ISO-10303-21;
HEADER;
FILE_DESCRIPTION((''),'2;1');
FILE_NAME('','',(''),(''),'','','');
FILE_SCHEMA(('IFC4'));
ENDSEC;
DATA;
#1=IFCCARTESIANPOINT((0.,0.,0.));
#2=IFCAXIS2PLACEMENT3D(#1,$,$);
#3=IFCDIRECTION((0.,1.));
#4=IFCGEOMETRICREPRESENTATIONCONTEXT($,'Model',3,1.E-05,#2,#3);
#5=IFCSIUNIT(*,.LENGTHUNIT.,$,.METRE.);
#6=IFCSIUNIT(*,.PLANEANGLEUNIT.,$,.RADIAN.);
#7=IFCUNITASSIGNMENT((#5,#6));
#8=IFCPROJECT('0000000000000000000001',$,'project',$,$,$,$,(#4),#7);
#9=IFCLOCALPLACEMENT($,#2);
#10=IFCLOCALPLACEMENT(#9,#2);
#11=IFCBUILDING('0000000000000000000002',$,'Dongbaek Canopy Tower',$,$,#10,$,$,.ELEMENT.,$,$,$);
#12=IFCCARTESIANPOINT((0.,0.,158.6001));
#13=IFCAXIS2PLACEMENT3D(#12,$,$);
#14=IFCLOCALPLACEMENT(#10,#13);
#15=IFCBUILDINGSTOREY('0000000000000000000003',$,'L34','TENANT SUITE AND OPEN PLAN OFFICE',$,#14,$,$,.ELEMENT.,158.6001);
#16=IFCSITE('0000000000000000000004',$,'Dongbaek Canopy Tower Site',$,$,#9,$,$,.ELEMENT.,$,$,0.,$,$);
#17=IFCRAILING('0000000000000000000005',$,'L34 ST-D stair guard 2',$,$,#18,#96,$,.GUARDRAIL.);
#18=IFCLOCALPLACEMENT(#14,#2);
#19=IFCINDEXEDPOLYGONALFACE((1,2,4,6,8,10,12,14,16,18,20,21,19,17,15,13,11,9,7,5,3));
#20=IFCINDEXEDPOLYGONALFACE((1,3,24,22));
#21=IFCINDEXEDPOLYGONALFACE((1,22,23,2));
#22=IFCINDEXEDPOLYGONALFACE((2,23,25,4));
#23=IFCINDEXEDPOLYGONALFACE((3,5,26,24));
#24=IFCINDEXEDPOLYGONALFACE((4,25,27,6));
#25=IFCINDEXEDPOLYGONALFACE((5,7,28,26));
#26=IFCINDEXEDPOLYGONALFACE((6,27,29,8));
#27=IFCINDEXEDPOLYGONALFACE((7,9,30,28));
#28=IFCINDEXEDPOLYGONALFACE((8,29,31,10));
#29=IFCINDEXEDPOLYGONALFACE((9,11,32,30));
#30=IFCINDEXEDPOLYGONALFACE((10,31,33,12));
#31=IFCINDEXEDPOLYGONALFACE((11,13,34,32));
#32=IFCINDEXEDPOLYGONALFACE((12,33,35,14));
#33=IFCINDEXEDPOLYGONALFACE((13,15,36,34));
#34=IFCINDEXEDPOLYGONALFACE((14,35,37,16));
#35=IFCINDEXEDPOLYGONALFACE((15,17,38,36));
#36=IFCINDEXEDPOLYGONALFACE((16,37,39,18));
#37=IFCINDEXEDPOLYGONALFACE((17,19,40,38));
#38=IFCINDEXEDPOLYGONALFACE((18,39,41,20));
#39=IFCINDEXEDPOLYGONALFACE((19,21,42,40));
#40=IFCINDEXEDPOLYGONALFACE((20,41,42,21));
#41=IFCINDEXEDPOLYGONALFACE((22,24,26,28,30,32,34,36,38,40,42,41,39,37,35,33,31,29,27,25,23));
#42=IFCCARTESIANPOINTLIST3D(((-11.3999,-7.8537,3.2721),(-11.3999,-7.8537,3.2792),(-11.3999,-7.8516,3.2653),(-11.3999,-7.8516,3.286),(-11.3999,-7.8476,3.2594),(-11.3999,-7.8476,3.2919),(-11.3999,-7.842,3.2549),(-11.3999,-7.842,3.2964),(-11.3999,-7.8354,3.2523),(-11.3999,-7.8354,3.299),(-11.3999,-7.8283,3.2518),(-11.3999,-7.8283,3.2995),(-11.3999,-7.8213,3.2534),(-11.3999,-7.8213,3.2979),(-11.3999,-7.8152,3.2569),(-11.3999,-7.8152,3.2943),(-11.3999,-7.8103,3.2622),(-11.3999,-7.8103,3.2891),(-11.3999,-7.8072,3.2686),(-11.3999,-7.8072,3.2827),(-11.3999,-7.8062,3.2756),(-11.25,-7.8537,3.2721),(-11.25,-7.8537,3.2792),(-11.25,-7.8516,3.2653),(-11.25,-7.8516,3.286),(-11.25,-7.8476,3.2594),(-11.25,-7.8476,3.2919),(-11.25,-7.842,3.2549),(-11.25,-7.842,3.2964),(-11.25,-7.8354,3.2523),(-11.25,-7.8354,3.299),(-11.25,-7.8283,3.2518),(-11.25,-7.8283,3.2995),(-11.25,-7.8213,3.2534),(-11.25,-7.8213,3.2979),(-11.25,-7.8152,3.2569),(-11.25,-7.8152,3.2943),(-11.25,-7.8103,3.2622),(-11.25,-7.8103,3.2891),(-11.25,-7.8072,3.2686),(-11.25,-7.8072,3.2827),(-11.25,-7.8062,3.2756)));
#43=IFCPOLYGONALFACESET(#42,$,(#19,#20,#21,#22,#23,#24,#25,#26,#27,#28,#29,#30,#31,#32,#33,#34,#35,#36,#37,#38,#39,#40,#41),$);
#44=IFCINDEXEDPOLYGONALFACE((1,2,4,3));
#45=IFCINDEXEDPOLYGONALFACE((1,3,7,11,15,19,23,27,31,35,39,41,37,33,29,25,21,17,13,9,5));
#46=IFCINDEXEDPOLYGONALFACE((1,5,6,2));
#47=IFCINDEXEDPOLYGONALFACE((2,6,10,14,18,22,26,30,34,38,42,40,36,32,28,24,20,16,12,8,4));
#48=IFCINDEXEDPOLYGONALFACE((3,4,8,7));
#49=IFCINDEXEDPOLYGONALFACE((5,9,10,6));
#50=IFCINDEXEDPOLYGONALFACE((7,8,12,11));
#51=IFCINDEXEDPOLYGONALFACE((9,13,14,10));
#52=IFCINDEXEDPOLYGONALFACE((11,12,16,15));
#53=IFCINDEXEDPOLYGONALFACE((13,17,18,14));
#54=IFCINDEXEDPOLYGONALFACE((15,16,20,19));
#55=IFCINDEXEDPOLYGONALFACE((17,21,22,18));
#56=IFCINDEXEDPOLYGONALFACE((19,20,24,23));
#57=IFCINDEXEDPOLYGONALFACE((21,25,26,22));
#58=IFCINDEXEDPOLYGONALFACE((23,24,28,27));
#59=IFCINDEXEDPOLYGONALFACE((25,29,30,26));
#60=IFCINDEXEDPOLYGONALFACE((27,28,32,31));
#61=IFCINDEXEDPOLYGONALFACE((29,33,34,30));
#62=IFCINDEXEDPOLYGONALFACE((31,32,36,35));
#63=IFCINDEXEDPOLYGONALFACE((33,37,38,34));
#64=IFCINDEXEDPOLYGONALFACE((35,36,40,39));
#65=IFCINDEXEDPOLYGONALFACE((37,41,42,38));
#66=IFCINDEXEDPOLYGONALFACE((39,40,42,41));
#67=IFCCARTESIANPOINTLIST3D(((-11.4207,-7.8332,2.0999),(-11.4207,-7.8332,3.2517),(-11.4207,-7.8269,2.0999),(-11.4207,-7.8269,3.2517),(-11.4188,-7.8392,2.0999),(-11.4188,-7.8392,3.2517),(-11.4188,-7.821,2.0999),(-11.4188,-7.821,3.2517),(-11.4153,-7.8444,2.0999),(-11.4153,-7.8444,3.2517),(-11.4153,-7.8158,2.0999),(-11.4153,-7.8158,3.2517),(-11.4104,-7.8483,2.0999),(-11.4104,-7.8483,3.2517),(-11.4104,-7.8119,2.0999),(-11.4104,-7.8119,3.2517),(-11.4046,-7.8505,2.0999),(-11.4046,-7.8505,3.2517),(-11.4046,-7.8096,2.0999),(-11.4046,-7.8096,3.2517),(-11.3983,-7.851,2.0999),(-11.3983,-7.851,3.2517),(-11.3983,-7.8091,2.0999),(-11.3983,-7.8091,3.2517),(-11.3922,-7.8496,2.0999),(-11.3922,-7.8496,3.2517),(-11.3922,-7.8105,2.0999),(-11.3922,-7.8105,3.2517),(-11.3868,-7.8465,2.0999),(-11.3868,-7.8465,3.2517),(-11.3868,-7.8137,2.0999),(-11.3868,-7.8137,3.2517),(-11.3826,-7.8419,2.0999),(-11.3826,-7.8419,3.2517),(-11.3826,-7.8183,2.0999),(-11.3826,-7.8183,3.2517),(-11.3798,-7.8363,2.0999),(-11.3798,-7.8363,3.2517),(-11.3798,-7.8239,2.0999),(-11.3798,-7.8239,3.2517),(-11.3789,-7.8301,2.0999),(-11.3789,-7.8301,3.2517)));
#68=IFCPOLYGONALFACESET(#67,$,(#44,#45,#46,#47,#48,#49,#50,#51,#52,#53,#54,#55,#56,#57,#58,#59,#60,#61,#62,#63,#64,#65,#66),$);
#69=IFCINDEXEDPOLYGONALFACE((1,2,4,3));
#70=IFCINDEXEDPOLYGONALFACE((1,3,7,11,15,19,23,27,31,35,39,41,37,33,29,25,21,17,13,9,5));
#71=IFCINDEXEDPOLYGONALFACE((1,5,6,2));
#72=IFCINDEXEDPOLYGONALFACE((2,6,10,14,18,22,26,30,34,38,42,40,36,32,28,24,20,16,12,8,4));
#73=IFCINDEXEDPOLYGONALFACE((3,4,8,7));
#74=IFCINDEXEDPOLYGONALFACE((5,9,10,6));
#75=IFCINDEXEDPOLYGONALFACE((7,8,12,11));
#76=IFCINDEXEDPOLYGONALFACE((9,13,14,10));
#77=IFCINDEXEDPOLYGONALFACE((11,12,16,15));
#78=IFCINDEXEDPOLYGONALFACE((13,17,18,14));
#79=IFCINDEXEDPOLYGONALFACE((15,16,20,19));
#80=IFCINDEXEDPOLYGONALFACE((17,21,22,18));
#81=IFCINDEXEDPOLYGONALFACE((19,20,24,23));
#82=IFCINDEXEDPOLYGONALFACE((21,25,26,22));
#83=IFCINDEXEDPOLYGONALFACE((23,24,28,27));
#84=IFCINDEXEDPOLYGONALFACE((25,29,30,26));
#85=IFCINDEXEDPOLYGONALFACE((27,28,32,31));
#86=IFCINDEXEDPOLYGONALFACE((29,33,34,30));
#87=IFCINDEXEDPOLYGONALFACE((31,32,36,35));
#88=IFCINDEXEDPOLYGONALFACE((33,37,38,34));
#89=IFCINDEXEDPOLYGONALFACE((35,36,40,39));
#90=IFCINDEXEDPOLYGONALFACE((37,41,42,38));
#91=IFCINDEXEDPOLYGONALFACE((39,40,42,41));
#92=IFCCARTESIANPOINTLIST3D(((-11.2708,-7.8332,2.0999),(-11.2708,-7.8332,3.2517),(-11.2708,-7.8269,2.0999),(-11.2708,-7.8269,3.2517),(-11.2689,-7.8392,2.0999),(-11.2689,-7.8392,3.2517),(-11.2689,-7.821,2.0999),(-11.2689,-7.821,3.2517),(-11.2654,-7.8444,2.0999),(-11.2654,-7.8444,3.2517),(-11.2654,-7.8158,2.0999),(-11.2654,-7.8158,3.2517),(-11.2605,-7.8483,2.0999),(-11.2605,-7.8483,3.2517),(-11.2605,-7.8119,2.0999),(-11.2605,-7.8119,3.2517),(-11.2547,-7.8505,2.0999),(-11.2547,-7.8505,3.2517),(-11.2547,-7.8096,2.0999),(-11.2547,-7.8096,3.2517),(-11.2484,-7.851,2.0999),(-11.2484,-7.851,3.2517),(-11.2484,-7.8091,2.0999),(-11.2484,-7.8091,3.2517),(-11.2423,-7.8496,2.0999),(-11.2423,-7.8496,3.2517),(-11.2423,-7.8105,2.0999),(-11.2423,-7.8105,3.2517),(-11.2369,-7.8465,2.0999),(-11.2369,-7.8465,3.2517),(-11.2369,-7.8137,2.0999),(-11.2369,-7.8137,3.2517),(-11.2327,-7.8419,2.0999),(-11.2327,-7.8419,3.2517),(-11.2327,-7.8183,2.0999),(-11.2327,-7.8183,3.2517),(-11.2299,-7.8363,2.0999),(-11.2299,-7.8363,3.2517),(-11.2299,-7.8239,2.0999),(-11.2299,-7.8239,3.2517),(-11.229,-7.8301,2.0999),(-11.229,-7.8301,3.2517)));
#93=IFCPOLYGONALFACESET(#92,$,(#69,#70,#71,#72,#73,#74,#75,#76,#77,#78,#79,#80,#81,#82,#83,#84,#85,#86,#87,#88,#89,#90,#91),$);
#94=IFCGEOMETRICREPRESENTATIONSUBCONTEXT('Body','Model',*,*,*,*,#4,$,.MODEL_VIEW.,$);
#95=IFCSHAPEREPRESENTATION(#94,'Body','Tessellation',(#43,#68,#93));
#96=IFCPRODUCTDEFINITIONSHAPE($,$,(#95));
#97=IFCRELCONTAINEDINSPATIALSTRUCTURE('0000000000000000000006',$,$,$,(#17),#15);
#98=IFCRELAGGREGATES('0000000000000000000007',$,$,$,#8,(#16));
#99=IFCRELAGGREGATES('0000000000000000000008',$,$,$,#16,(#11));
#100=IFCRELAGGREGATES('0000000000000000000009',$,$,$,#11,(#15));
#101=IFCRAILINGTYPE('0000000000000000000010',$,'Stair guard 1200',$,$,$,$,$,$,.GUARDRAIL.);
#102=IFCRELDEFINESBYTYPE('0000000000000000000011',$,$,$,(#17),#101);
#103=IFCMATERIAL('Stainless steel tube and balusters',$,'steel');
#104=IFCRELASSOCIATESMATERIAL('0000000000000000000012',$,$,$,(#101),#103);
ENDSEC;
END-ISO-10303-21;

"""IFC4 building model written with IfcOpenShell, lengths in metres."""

from ifc_helpers import new_model, si_unit, direction, frame, origin, origin_2d, place, context, subcontext, project, spatial, circle, extrude, material, type_object, element, save


model = new_model("IFC4")

# Units and contexts
model_context = context("Model", 3, precision=1e-05, world=origin(), true_north=direction((0.0, 1.0)))
body_context = subcontext(model_context, "Body", "Model", "MODEL_VIEW")
ifc_project = project(units=[si_unit("LENGTHUNIT", "METRE"), si_unit("PLANEANGLEUNIT", "RADIAN")], contexts=[model_context])

# Site, building, storey
site_placement = place(None, origin())
site = spatial("IfcSite", under=ifc_project, at=site_placement, Name="Dongbaek Canopy Tower Site", CompositionType="ELEMENT", RefElevation=0.0)
building_placement = place(site_placement, origin())
building = spatial("IfcBuilding", under=site, at=building_placement, Name="Dongbaek Canopy Tower", CompositionType="ELEMENT")
storey_placement = place(building_placement, frame((0.0, 0.0, 158.6001)))
storey = spatial("IfcBuildingStorey", under=building, at=storey_placement, Name="L34", Description="TENANT SUITE AND OPEN PLAN OFFICE", CompositionType="ELEMENT", Elevation=158.6001)

# Railing
ifc_material_1 = material(Name="Stainless steel tube and balusters", Category="steel")
railing_type_1 = type_object("IfcRailingType", Name="Stair guard 1200", PredefinedType="GUARDRAIL", material=ifc_material_1)
railing_1_placement = place(storey_placement, frame((-11.3999, -7.8301, 2.0999)))
element("IfcRailing", 1, at=railing_1_placement, inside=storey, type_object=railing_type_1, Name="L34 ST-D stair guard 2", PredefinedType="GUARDRAIL", context=body_context, shape_type="SweptSolid", body=[
    extrude(circle(Radius=0.0239, at=origin_2d()), frame((0.0, 0.0, 1.1758), z_axis=(1.0, 0.0, 0.0), x_axis=(0.0, 1.0, 0.0)), (0.0, 0.0, 1.0), 0.1499),
    extrude(circle(Radius=0.021, at=origin_2d()), origin(), (0.0, 0.0, 1.0), 1.1519),
    extrude(circle(Radius=0.021, at=origin_2d()), frame((0.1499, 0.0, 0.0)), (0.0, 0.0, 1.0), 1.1519),
])

save(model, "model.ifc")
